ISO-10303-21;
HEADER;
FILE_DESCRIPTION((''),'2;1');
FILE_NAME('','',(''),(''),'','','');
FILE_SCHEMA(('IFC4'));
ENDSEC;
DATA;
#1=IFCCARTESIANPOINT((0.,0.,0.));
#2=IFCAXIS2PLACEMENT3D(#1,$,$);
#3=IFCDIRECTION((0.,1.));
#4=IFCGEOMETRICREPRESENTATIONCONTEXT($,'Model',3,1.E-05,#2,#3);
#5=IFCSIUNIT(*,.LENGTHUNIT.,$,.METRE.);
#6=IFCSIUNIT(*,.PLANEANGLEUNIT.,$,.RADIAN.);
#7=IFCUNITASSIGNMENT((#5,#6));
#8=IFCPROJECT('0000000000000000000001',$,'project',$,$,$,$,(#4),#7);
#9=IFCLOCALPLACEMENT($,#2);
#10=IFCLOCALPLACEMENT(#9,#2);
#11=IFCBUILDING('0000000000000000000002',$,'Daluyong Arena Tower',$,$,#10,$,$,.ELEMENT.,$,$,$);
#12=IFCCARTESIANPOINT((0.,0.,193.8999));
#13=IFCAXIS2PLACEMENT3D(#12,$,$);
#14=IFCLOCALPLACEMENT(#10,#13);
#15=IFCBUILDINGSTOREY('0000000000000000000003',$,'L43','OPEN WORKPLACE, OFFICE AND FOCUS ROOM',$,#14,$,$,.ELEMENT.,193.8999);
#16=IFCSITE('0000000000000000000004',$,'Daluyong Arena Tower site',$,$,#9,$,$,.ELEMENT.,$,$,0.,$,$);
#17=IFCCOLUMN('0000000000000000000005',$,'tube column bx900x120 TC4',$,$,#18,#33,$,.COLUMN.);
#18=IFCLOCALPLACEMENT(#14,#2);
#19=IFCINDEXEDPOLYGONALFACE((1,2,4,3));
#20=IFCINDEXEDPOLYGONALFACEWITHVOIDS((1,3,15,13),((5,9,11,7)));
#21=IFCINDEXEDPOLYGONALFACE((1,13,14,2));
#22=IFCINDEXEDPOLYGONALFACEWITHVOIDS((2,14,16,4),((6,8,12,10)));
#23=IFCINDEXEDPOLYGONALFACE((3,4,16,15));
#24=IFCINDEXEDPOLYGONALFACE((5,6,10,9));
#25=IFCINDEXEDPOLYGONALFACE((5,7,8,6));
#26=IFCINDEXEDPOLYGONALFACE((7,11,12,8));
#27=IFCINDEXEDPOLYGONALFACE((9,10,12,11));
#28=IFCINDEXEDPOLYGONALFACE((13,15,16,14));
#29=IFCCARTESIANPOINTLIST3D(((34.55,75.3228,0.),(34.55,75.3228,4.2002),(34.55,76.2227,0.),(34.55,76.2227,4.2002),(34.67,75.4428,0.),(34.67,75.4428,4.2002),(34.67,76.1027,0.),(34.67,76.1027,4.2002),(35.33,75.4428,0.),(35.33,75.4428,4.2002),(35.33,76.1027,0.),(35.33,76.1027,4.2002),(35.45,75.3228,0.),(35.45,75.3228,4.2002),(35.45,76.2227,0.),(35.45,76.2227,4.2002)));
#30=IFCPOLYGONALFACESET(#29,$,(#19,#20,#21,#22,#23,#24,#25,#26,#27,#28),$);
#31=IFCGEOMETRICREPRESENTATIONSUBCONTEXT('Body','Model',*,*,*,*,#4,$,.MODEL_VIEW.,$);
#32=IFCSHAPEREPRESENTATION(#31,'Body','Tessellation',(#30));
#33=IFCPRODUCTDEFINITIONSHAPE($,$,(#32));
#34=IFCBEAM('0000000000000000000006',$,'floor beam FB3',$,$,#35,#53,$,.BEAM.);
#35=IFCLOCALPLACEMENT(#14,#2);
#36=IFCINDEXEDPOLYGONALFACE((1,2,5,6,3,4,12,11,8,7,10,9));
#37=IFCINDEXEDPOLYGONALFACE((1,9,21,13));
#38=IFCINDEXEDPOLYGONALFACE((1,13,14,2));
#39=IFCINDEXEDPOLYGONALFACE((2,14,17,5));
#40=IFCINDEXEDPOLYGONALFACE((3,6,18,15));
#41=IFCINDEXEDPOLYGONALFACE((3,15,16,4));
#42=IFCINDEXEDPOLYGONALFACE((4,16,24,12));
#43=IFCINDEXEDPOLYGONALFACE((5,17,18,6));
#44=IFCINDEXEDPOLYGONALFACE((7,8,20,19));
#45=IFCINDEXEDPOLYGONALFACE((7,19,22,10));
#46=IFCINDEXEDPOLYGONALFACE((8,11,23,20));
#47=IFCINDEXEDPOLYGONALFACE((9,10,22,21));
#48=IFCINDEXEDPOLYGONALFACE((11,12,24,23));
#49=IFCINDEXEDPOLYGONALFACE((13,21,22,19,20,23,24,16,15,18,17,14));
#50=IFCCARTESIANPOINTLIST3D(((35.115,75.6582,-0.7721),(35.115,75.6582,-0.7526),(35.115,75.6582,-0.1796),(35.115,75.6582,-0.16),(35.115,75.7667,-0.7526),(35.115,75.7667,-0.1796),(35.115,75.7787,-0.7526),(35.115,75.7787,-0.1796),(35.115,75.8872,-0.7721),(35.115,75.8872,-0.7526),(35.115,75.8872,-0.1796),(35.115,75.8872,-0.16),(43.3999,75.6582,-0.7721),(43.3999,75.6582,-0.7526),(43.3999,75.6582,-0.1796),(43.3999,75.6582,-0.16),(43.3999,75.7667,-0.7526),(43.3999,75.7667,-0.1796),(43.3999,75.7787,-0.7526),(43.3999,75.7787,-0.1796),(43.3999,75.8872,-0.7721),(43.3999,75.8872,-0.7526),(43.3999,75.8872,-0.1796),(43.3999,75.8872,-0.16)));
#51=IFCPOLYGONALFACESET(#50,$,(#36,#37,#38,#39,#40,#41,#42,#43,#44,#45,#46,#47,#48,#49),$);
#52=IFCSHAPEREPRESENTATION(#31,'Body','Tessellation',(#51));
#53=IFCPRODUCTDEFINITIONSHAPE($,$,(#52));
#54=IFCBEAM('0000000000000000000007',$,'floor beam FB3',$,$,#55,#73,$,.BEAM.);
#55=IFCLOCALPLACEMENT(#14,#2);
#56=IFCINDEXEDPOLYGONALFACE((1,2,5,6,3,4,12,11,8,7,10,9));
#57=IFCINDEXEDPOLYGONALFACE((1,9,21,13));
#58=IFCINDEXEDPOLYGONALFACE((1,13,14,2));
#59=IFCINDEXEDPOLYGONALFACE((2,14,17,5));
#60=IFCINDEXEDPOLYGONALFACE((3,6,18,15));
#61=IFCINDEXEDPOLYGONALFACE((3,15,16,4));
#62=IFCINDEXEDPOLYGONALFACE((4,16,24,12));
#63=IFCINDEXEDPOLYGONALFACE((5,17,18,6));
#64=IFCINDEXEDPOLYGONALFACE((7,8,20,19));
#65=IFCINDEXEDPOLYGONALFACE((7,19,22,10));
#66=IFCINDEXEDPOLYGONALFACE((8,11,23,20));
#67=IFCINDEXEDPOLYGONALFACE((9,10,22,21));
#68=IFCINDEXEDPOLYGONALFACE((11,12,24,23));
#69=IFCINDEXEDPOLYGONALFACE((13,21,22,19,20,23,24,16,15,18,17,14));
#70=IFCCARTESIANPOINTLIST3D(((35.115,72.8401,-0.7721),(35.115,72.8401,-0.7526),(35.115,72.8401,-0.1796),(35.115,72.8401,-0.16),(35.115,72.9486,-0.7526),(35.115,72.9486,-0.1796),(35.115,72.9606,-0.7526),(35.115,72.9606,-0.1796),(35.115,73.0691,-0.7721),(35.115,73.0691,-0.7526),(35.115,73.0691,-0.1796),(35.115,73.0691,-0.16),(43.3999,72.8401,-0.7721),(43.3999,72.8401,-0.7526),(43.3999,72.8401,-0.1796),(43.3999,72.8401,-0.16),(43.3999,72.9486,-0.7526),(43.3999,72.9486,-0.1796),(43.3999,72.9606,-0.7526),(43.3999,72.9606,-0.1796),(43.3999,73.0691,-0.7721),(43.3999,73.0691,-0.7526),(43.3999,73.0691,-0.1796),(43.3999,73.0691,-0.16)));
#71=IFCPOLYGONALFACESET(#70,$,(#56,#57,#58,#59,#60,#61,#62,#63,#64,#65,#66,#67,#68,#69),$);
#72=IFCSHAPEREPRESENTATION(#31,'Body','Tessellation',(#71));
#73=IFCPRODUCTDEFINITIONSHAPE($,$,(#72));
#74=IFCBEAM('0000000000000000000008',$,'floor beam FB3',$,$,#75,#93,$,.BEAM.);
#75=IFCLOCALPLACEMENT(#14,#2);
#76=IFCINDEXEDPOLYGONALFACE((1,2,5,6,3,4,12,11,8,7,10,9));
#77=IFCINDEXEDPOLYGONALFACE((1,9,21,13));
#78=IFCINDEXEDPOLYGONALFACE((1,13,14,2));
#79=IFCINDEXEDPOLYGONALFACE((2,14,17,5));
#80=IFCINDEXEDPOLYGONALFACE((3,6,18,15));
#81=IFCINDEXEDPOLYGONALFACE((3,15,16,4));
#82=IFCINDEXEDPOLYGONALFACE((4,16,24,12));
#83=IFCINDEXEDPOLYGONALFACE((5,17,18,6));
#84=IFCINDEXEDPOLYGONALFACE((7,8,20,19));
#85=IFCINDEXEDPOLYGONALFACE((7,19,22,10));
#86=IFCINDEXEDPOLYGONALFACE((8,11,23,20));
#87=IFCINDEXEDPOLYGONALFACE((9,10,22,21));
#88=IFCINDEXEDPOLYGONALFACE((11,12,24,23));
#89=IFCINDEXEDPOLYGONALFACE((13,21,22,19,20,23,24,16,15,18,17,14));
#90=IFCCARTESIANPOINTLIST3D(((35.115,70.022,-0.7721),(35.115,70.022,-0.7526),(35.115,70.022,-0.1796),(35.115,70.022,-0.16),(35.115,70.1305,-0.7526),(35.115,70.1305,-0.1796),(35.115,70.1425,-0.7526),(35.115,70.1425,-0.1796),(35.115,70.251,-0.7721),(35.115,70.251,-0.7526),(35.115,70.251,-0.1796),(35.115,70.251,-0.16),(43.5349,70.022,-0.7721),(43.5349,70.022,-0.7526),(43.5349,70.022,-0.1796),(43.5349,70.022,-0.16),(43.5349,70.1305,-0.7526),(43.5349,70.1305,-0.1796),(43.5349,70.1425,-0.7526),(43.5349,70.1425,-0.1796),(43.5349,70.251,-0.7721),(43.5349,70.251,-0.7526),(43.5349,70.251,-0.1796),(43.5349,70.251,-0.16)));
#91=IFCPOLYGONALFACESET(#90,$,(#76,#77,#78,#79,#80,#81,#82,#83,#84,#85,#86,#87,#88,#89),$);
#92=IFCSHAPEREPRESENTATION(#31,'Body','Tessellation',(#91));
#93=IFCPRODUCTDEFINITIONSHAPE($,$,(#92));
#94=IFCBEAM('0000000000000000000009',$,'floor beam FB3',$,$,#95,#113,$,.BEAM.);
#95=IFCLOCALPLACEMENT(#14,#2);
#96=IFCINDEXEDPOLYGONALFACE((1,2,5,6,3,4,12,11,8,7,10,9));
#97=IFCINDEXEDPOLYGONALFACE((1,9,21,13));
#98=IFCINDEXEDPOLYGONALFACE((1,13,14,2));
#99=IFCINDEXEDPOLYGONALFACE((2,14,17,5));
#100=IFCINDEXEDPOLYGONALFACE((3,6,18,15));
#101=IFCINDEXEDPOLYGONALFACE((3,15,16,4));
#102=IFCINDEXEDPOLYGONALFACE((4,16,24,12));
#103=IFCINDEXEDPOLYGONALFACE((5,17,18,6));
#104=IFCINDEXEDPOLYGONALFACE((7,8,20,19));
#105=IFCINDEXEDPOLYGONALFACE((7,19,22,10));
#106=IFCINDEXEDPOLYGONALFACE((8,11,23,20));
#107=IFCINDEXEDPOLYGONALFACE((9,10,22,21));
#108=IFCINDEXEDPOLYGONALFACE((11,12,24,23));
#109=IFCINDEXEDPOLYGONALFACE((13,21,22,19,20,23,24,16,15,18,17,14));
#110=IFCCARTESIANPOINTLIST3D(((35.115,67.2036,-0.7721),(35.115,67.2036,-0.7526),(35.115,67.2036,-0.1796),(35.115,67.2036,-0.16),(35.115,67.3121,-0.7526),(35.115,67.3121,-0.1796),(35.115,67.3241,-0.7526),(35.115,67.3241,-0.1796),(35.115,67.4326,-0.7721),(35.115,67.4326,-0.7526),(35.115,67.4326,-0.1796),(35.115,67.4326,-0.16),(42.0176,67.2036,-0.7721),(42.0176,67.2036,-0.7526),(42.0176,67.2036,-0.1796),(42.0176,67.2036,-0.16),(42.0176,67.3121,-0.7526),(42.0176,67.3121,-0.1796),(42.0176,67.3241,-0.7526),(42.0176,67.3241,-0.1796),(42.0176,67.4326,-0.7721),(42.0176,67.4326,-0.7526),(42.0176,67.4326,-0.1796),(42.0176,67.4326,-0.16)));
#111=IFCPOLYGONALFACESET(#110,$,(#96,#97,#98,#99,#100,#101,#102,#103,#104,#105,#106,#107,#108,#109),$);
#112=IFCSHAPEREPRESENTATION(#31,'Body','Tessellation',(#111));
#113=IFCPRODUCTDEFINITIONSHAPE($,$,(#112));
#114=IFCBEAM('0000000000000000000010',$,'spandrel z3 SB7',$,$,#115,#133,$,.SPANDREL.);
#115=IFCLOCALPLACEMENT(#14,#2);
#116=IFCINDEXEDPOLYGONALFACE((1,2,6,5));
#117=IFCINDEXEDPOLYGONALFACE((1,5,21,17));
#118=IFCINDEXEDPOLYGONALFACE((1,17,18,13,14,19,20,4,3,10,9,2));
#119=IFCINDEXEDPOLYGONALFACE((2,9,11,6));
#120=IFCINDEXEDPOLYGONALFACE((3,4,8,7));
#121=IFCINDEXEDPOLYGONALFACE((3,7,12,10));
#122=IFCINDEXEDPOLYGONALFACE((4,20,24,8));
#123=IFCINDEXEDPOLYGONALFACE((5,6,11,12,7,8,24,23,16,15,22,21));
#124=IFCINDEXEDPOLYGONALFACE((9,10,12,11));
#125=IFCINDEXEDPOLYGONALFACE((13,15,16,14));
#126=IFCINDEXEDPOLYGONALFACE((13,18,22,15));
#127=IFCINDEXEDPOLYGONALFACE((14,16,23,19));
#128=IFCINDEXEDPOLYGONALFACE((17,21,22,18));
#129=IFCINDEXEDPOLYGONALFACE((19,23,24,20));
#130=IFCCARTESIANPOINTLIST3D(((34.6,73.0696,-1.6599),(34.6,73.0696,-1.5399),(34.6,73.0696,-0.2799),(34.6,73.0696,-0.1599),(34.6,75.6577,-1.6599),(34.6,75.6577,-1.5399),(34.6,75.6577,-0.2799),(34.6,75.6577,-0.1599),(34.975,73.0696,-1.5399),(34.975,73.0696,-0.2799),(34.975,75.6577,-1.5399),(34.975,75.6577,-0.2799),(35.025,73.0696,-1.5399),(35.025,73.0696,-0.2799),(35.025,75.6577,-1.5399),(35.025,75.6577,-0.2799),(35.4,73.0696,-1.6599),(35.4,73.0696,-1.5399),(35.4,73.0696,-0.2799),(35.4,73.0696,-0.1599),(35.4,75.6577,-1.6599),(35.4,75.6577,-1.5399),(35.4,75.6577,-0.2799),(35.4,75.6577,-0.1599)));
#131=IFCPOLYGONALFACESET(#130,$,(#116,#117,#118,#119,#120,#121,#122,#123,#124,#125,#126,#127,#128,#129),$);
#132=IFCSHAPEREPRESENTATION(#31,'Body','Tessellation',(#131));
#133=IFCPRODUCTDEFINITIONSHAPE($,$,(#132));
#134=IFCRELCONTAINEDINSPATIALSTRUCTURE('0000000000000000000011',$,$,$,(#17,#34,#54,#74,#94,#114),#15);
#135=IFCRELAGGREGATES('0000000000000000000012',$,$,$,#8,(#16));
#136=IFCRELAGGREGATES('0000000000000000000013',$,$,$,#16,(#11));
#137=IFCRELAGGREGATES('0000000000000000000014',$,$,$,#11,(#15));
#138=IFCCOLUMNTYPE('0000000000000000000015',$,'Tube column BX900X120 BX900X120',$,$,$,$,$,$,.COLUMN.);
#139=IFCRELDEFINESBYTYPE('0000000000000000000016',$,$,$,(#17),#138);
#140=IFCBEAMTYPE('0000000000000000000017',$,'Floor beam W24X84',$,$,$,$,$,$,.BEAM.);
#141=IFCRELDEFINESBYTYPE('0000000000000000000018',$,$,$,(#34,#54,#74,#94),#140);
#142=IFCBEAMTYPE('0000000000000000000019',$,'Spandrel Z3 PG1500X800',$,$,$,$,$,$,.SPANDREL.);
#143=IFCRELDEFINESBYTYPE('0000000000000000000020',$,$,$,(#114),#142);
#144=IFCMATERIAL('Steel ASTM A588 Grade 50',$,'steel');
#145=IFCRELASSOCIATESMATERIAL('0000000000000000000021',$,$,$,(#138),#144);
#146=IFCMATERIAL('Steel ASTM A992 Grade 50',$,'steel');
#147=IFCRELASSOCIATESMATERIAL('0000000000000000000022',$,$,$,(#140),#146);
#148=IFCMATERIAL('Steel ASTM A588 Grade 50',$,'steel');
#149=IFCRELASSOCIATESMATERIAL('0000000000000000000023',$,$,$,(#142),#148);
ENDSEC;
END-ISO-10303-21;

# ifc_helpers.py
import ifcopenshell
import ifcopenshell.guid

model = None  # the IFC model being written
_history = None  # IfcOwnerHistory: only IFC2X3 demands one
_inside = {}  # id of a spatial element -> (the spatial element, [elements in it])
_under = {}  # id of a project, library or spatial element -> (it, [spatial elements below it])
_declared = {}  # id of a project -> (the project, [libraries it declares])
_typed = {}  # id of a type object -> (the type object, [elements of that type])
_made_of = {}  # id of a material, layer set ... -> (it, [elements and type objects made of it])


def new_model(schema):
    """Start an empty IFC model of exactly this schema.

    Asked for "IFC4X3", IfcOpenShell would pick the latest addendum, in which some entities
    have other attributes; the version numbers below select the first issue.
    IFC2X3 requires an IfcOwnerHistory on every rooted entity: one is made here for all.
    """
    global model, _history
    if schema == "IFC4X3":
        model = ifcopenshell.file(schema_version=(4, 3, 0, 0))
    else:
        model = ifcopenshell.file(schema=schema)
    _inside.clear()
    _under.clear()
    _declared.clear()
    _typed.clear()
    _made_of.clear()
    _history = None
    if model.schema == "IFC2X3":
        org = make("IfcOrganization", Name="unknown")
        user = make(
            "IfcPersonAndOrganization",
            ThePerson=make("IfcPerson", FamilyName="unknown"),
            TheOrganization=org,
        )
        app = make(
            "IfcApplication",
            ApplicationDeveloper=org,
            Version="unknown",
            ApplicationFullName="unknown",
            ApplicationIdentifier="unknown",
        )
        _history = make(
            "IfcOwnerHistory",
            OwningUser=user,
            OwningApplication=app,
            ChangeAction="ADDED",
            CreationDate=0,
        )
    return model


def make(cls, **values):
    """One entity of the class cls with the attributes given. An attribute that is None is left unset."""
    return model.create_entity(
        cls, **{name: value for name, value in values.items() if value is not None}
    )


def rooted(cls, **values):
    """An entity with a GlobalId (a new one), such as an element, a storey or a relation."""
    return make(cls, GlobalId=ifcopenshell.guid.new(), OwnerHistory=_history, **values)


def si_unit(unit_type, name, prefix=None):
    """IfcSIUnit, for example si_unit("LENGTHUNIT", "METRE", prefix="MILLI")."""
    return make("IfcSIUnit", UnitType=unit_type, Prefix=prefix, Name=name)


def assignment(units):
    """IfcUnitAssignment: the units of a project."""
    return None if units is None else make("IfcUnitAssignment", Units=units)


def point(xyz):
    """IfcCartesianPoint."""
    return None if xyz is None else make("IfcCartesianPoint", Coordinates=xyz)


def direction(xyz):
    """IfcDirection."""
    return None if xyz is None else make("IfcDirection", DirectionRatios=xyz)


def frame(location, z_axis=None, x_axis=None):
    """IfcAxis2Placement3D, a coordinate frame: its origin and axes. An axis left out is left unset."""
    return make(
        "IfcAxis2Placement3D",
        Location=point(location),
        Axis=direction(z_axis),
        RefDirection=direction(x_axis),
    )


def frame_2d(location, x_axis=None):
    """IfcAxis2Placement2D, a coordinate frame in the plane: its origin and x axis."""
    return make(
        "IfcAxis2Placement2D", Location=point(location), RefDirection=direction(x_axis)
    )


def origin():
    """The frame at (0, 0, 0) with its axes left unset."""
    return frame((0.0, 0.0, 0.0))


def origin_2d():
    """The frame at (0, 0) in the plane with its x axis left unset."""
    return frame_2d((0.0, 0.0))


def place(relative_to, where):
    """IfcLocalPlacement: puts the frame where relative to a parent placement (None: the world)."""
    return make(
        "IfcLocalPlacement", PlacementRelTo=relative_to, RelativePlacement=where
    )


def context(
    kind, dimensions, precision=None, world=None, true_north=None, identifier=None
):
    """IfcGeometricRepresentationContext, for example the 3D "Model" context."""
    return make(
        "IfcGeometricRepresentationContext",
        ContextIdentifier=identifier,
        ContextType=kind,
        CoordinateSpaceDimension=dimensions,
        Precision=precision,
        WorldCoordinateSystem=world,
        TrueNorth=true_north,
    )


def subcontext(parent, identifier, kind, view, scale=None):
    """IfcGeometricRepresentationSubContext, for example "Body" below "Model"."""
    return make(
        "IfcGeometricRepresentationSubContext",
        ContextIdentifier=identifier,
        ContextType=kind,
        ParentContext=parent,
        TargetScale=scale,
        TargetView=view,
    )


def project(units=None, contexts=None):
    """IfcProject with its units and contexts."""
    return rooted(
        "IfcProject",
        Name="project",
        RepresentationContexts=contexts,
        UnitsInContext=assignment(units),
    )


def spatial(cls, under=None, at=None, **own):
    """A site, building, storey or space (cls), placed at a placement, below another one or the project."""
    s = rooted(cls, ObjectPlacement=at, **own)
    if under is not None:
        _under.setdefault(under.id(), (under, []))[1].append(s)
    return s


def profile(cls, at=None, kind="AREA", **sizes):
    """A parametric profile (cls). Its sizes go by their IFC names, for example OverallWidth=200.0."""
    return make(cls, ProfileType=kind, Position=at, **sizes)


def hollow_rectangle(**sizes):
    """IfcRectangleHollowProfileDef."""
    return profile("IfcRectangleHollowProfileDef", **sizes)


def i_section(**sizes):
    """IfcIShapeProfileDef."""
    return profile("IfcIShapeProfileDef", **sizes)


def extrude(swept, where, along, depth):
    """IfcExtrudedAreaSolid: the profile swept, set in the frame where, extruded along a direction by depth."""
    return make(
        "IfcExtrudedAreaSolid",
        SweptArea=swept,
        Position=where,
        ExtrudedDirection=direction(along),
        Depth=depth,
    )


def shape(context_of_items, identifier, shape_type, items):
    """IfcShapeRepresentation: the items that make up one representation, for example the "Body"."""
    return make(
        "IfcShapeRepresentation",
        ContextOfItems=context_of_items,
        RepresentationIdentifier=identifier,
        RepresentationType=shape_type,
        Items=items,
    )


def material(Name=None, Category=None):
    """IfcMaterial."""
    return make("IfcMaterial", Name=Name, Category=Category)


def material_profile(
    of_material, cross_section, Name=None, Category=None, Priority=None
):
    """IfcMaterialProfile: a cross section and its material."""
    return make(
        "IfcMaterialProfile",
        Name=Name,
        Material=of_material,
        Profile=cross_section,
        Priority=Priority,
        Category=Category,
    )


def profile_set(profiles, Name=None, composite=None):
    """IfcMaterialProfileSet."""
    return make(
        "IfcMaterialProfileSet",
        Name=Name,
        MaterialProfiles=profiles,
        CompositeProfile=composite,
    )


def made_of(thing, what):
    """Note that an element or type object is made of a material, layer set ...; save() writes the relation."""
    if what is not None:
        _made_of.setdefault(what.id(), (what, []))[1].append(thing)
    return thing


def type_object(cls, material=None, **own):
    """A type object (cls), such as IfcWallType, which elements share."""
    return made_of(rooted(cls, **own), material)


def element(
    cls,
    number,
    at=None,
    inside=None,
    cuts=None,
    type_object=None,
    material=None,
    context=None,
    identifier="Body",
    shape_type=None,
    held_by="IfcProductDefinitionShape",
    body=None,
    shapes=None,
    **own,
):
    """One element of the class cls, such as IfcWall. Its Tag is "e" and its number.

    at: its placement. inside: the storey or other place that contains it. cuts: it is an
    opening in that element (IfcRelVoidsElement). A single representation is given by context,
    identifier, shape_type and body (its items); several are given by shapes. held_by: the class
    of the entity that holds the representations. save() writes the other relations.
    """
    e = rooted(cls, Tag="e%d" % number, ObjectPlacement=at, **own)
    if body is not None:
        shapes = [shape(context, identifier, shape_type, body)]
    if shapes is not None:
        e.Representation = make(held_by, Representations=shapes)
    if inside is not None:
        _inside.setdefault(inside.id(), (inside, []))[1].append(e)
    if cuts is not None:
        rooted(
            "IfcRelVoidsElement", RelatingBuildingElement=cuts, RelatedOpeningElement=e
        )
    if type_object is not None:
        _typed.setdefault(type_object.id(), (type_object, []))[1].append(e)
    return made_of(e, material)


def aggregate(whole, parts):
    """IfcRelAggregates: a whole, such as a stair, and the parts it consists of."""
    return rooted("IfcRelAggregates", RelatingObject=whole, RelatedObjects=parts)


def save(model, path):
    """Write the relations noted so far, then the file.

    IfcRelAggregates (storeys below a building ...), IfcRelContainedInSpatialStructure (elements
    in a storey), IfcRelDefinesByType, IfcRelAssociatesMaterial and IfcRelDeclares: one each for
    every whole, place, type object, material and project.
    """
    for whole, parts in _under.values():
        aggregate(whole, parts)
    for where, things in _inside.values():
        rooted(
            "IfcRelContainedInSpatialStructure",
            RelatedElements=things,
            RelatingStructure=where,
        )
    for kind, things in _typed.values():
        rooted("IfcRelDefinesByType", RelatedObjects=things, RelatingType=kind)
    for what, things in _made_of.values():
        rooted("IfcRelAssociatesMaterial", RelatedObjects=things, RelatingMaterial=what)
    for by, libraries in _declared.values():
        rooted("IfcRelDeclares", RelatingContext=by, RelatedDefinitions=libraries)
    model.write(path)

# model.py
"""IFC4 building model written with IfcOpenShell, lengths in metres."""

from ifc_helpers import new_model, si_unit, direction, frame, origin, origin_2d, place, context, subcontext, project, spatial, hollow_rectangle, i_section, extrude, material, material_profile, profile_set, type_object, element, save


model = new_model("IFC4")

# Units and contexts
model_context = context("Model", 3, precision=1e-05, world=origin(), true_north=direction((0.0, 1.0)))
body_context = subcontext(model_context, "Body", "Model", "MODEL_VIEW")
ifc_project = project(units=[si_unit("LENGTHUNIT", "METRE"), si_unit("PLANEANGLEUNIT", "RADIAN")], contexts=[model_context])

# Site, building, storey
site_placement = place(None, origin())
site = spatial("IfcSite", under=ifc_project, at=site_placement, Name="Daluyong Arena Tower site", CompositionType="ELEMENT", RefElevation=0.0)
building_placement = place(site_placement, origin())
building = spatial("IfcBuilding", under=site, at=building_placement, Name="Daluyong Arena Tower", CompositionType="ELEMENT")
storey_placement = place(building_placement, frame((0.0, 0.0, 193.8999)))
storey = spatial("IfcBuildingStorey", under=building, at=storey_placement, Name="L43", Description="OPEN WORKPLACE, OFFICE AND FOCUS ROOM", CompositionType="ELEMENT", Elevation=193.8999)

# Column
ifc_material_1 = material(Name="Steel ASTM A588 Grade 50", Category="steel")
ifc_material_profile_1 = material_profile(ifc_material_1, hollow_rectangle(XDim=0.8999, YDim=0.8999, WallThickness=0.12, at=origin_2d()))
ifc_profile_set_1 = profile_set([ifc_material_profile_1], Name="Steel ASTM A588 Grade 50")
column_type = type_object("IfcColumnType", Name="Tube column BX900X120 BX900X120", PredefinedType="COLUMN", material=ifc_profile_set_1)
column_placement = place(storey_placement, frame((35.0, 75.7727, 0.0), z_axis=(0.0, 0.0, 1.0), x_axis=(0.0, 1.0, 0.0)))
element("IfcColumn", 1, at=column_placement, inside=storey, type_object=column_type, Name="tube column bx900x120 TC4", PredefinedType="COLUMN", context=body_context, shape_type="SweptSolid", body=[
    extrude(hollow_rectangle(XDim=0.8999, YDim=0.8999, WallThickness=0.12, at=origin_2d()), origin(), (0.0, 0.0, 1.0), 4.2002),
])

# Beams
ifc_material_2 = material(Name="Steel ASTM A992 Grade 50", Category="steel")
ifc_material_profile_2 = material_profile(ifc_material_2, i_section(OverallWidth=0.229, OverallDepth=0.6121, WebThickness=0.012, FlangeThickness=0.0195, at=origin_2d()))
ifc_profile_set_2 = profile_set([ifc_material_profile_2], Name="Steel ASTM A992 Grade 50")
beam_type_1 = type_object("IfcBeamType", Name="Floor beam W24X84", PredefinedType="BEAM", material=ifc_profile_set_2)
for number, where, z_axis, x_axis, name in (
    (2, (35.115, 75.7727, -0.4661), (1.0, 0.0, 0.0), (0.0, 1.0, 0.0), "floor beam FB3"),
    (3, (35.115, 72.9546, -0.4661), (1.0, 0.0, 0.0), (0.0, 1.0, 0.0), "floor beam FB3"),
):
    element("IfcBeam", number, at=place(storey_placement, frame(where, z_axis=z_axis, x_axis=x_axis)), inside=storey, type_object=beam_type_1, Name=name, PredefinedType="BEAM", context=body_context, shape_type="SweptSolid", body=[
        extrude(i_section(OverallWidth=0.229, OverallDepth=0.6121, WebThickness=0.012, FlangeThickness=0.0195, at=origin_2d()), origin(), (0.0, 0.0, 1.0), 8.2849),
    ])
beam_1_placement = place(storey_placement, frame((35.115, 70.1365, -0.4661), z_axis=(1.0, 0.0, 0.0), x_axis=(0.0, 1.0, 0.0)))
element("IfcBeam", 4, at=beam_1_placement, inside=storey, type_object=beam_type_1, Name="floor beam FB3", PredefinedType="BEAM", context=body_context, shape_type="SweptSolid", body=[
    extrude(i_section(OverallWidth=0.229, OverallDepth=0.6121, WebThickness=0.012, FlangeThickness=0.0195, at=origin_2d()), origin(), (0.0, 0.0, 1.0), 8.4199),
])
beam_2_placement = place(storey_placement, frame((35.115, 67.3181, -0.4661), z_axis=(1.0, 0.0, 0.0), x_axis=(0.0, 1.0, 0.0)))
element("IfcBeam", 5, at=beam_2_placement, inside=storey, type_object=beam_type_1, Name="floor beam FB3", PredefinedType="BEAM", context=body_context, shape_type="SweptSolid", body=[
    extrude(i_section(OverallWidth=0.229, OverallDepth=0.6121, WebThickness=0.012, FlangeThickness=0.0195, at=origin_2d()), origin(), (0.0, 0.0, 1.0), 6.9026),
])
ifc_material_3 = material(Name="Steel ASTM A588 Grade 50", Category="steel")
ifc_material_profile_3 = material_profile(ifc_material_3, i_section(OverallWidth=0.8, OverallDepth=1.5, WebThickness=0.05, FlangeThickness=0.12, at=origin_2d()))
ifc_profile_set_3 = profile_set([ifc_material_profile_3], Name="Steel ASTM A588 Grade 50")
beam_type_2 = type_object("IfcBeamType", Name="Spandrel Z3 PG1500X800", PredefinedType="SPANDREL", material=ifc_profile_set_3)
beam_3_placement = place(storey_placement, frame((35.0, 75.6577, -0.9099), z_axis=(0.0, -1.0, 0.0), x_axis=(1.0, 0.0, 0.0)))
element("IfcBeam", 6, at=beam_3_placement, inside=storey, type_object=beam_type_2, Name="spandrel z3 SB7", PredefinedType="SPANDREL", context=body_context, shape_type="SweptSolid", body=[
    extrude(i_section(OverallWidth=0.8, OverallDepth=1.5, WebThickness=0.05, FlangeThickness=0.12, at=origin_2d()), origin(), (0.0, 0.0, 1.0), 2.5881),
])

save(model, "model.ifc")
